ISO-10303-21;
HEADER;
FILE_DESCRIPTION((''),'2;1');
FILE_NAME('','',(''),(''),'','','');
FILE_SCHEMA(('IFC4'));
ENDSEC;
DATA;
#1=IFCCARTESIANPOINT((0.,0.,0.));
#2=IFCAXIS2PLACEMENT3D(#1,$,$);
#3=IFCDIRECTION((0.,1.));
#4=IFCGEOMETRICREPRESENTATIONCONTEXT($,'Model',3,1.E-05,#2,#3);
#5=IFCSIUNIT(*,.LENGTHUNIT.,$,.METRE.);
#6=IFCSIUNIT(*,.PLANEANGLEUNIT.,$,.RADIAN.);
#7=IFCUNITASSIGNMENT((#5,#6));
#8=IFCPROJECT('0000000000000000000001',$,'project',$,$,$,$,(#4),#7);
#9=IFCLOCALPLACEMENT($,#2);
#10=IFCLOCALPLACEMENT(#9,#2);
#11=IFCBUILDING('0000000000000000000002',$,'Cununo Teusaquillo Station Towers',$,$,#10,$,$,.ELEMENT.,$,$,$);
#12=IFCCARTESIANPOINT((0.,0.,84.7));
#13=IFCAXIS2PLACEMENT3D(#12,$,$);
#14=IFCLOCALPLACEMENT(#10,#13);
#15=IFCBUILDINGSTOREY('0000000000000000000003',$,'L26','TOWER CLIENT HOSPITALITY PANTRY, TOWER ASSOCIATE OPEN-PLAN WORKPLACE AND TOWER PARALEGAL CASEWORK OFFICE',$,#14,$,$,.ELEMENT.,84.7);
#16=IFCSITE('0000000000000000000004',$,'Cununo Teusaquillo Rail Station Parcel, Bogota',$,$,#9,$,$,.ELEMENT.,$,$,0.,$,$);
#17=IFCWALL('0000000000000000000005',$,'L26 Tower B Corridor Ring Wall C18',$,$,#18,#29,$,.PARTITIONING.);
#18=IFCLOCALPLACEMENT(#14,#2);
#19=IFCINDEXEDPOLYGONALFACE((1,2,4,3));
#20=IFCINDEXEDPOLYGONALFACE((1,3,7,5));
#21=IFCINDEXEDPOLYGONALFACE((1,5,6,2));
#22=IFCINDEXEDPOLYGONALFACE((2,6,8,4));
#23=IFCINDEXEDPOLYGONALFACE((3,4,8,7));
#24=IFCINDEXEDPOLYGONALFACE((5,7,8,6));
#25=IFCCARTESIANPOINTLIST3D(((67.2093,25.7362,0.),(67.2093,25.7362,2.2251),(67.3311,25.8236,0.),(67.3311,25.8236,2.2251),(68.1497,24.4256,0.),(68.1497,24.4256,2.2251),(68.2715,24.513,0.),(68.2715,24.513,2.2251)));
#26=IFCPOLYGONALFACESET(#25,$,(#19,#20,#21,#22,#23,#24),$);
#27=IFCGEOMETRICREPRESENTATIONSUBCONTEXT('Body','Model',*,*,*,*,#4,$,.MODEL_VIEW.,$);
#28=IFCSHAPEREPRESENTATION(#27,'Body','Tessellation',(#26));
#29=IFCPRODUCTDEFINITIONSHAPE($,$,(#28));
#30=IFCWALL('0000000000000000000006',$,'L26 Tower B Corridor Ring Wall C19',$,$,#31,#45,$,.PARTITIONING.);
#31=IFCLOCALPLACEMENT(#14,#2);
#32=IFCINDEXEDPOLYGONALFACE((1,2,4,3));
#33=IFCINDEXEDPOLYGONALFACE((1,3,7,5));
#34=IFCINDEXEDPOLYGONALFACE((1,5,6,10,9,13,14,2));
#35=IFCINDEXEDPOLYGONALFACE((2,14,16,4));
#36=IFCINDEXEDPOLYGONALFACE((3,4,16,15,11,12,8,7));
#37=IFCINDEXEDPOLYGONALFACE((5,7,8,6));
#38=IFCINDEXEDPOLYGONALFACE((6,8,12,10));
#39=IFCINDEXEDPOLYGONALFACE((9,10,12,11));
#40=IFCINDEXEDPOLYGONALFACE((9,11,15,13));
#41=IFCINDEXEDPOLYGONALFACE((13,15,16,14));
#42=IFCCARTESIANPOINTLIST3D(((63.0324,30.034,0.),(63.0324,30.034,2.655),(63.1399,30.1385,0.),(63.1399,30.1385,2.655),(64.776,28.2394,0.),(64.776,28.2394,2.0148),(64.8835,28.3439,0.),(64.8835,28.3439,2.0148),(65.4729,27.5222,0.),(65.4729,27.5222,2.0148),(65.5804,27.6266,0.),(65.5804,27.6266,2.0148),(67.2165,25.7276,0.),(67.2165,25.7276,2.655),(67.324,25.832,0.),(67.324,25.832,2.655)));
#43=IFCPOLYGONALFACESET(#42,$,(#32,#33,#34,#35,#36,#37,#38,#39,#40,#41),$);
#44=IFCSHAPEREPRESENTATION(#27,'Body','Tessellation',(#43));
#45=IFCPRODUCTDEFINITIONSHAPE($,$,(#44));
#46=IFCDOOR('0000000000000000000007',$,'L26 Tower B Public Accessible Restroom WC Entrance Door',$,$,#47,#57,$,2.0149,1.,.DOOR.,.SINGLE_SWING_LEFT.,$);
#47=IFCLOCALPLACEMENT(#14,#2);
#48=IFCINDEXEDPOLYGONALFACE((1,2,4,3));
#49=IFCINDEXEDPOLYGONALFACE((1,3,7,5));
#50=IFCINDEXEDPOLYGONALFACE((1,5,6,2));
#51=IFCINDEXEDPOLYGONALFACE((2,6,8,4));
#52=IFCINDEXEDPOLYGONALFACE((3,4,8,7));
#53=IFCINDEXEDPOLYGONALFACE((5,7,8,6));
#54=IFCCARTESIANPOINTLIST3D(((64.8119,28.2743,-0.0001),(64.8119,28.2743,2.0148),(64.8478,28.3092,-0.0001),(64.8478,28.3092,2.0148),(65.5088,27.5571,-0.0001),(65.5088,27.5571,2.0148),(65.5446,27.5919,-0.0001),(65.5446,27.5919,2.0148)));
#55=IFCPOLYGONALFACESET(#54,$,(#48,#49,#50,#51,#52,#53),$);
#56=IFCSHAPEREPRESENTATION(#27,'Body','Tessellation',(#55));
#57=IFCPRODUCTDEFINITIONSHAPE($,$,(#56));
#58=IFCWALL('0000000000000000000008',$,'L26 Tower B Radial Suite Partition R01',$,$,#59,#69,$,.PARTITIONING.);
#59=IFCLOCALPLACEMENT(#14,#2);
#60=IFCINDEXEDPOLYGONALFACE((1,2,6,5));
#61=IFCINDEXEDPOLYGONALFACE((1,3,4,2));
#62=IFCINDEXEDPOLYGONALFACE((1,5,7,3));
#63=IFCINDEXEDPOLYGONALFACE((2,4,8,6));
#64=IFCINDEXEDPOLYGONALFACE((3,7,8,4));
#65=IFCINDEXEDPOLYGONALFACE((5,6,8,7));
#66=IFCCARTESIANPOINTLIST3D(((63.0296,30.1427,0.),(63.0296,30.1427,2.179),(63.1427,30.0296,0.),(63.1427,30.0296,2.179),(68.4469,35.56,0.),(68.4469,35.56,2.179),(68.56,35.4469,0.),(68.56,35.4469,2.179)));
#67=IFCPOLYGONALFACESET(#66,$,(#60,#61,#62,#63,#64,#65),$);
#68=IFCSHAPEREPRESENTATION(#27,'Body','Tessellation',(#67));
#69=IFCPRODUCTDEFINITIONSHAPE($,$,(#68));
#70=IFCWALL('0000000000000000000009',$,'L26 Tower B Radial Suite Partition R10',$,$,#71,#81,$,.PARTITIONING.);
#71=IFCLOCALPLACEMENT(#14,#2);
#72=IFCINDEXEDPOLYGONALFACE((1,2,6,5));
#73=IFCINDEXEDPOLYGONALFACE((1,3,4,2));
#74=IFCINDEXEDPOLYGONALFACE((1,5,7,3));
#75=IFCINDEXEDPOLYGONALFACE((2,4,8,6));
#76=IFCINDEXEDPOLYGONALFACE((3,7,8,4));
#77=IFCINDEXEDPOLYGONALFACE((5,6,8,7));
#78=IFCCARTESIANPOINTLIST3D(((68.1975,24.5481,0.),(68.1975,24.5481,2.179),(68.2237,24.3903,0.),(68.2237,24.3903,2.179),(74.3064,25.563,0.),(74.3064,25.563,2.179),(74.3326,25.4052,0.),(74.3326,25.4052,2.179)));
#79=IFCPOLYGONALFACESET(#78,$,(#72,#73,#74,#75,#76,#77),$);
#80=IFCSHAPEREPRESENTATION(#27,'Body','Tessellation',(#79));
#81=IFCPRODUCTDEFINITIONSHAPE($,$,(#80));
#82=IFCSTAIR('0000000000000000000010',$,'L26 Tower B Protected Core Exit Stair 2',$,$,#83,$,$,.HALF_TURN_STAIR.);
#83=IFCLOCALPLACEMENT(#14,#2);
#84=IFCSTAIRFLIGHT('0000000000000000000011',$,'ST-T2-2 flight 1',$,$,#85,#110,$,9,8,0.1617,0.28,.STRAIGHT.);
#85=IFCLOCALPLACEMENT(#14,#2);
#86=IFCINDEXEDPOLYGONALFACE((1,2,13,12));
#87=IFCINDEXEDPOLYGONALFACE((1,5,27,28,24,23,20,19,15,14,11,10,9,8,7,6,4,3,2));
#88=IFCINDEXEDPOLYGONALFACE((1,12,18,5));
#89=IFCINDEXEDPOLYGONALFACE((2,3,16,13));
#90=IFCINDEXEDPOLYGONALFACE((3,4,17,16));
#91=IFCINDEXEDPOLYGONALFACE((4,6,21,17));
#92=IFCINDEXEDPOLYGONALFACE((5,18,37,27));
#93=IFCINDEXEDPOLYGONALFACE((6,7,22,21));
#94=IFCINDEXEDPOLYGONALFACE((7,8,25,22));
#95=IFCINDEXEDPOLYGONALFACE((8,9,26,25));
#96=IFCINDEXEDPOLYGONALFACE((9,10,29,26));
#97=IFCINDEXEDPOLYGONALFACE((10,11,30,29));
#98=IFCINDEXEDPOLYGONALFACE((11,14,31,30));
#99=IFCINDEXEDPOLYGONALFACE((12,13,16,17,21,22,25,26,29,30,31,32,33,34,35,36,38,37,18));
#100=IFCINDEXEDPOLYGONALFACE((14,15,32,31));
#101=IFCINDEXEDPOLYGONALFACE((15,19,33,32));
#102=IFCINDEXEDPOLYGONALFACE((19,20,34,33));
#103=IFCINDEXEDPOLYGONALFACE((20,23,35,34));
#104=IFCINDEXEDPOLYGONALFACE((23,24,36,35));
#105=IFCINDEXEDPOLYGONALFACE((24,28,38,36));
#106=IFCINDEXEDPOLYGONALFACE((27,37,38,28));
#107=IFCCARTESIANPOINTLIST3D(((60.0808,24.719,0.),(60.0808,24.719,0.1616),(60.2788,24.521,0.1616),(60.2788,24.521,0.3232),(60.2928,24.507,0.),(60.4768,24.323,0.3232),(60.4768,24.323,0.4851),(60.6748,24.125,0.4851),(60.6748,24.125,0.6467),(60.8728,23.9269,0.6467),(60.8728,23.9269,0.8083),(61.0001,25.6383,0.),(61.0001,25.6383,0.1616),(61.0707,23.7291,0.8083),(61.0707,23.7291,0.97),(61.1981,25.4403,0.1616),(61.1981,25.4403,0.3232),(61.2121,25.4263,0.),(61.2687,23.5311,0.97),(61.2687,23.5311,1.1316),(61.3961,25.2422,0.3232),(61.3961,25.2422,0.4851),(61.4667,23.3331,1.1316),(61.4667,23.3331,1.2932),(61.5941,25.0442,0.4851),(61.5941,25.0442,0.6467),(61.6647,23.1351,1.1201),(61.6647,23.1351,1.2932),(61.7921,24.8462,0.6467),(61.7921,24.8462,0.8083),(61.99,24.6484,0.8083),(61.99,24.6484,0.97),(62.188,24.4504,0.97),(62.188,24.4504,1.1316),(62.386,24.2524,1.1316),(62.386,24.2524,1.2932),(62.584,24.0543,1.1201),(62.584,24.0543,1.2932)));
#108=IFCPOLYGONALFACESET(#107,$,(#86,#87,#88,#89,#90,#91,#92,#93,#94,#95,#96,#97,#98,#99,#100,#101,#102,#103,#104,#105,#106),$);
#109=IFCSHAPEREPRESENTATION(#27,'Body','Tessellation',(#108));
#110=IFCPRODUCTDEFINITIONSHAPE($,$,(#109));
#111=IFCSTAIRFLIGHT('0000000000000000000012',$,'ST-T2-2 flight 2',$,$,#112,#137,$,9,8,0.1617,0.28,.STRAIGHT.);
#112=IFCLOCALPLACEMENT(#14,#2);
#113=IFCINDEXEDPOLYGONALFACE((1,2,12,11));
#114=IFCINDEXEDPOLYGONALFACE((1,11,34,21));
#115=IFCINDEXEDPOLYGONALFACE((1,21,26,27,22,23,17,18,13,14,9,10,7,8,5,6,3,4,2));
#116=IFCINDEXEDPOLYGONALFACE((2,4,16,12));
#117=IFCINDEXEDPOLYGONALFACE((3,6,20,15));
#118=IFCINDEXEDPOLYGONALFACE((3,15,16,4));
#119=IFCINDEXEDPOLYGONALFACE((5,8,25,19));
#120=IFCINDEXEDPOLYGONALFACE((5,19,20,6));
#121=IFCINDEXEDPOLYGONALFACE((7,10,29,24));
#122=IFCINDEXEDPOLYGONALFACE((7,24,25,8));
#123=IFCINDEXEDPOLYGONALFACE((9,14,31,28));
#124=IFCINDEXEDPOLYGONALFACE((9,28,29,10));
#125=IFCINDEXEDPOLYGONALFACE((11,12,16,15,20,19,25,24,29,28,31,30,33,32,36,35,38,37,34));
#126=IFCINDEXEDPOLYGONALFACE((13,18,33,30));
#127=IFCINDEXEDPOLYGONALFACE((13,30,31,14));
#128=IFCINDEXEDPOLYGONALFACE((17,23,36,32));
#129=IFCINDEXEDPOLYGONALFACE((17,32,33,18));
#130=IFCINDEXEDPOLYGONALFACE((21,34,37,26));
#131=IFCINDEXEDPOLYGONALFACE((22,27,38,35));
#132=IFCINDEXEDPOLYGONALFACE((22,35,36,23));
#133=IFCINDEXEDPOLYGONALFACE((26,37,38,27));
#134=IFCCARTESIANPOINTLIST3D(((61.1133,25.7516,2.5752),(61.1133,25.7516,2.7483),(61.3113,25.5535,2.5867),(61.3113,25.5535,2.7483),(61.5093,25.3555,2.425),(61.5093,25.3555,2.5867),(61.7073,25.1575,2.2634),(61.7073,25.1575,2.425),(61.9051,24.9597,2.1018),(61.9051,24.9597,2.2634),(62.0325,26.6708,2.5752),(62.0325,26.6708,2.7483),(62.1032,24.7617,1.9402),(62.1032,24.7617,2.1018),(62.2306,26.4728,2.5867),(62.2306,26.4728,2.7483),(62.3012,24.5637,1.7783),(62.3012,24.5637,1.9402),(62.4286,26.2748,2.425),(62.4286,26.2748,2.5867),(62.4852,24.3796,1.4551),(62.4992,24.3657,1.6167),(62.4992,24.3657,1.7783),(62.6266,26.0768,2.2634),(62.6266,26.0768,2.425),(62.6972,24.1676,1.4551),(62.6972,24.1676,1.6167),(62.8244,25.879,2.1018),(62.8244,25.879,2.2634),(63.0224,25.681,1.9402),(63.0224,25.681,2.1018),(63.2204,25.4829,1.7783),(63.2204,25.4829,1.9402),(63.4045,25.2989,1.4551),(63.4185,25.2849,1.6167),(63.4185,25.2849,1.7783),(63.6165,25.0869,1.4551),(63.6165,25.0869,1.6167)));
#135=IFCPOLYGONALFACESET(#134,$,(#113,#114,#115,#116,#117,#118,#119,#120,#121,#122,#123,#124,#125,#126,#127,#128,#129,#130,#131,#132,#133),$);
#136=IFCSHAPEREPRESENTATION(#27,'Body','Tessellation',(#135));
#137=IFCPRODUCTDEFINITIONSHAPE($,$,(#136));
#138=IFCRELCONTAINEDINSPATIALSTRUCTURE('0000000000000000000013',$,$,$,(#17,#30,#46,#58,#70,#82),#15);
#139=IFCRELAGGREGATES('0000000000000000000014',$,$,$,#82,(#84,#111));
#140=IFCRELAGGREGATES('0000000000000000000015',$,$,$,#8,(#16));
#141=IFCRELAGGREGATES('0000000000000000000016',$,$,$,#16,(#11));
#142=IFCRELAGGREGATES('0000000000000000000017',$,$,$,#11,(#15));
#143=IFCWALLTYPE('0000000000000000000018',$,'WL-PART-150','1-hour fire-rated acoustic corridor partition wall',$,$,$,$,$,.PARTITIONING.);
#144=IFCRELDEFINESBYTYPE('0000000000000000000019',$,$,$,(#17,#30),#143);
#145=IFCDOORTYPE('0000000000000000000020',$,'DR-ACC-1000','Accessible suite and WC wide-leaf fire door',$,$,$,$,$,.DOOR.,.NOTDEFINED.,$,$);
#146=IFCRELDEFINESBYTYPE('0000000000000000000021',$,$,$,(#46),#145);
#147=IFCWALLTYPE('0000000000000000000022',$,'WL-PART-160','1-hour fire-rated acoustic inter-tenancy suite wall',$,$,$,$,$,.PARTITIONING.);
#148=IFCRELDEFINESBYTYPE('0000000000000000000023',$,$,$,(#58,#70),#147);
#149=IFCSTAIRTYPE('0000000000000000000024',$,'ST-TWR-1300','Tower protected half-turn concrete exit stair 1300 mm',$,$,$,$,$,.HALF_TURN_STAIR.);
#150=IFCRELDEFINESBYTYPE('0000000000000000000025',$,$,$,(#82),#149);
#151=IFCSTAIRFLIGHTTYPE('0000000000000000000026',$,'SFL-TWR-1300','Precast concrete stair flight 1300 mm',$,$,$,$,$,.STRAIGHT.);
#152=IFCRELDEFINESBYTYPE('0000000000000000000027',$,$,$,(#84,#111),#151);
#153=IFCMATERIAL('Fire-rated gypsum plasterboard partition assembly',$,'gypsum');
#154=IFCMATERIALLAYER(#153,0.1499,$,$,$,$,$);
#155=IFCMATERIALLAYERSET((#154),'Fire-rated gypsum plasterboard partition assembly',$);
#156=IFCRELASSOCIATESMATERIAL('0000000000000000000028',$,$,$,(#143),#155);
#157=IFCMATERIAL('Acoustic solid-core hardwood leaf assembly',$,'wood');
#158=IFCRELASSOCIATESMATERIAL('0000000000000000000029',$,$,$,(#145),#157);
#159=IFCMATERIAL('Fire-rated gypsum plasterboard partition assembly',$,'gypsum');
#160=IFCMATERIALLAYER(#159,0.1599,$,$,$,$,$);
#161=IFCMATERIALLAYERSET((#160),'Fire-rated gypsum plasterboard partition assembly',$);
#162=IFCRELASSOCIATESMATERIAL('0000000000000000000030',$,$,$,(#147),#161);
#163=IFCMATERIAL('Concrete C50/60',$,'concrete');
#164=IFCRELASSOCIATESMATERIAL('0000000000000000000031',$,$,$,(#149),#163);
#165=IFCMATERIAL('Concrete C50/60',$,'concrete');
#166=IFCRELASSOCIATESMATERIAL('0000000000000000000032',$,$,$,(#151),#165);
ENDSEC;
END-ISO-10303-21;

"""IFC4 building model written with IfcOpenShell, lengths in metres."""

from ifc_helpers import new_model, si_unit, direction, frame, frame_2d, origin, place, context, subcontext, project, spatial, polyline, rectangle, outline, extrude, source, transform, mapped, material, layer, layer_set, type_object, element, fill, aggregate, save


model = new_model("IFC4")

# Units and contexts
model_context = context("Model", 3, precision=1e-05, world=origin(), true_north=direction((0.0, 1.0)))
body_context = subcontext(model_context, "Body", "Model", "MODEL_VIEW")
ifc_project = project(units=[si_unit("LENGTHUNIT", "METRE"), si_unit("PLANEANGLEUNIT", "RADIAN")], contexts=[model_context])

# Site, building, storey
site_placement = place(None, origin())
site = spatial("IfcSite", under=ifc_project, at=site_placement, Name="Cununo Teusaquillo Rail Station Parcel, Bogota", CompositionType="ELEMENT", RefElevation=0.0)
building_placement = place(site_placement, origin())
building = spatial("IfcBuilding", under=site, at=building_placement, Name="Cununo Teusaquillo Station Towers", CompositionType="ELEMENT")
storey_placement = place(building_placement, frame((0.0, 0.0, 84.7)))
storey = spatial("IfcBuildingStorey", under=building, at=storey_placement, Name="L26", Description="TOWER CLIENT HOSPITALITY PANTRY, TOWER ASSOCIATE OPEN-PLAN WORKPLACE AND TOWER PARALEGAL CASEWORK OFFICE", CompositionType="ELEMENT", Elevation=84.7)

# Wall
ifc_material_1 = material(Name="Fire-rated gypsum plasterboard partition assembly", Category="gypsum")
ifc_layer_1 = layer(ifc_material_1, 0.1499)
ifc_layer_set_1 = layer_set([ifc_layer_1], Name="Fire-rated gypsum plasterboard partition assembly")
wall_type_1 = type_object("IfcWallType", Name="WL-PART-150", Description="1-hour fire-rated acoustic corridor partition wall", PredefinedType="PARTITIONING", material=ifc_layer_set_1)
wall_1_placement = place(storey_placement, frame((68.2107, 24.4692, 0.0), z_axis=(0.0, 0.0, 1.0), x_axis=(-0.583012, 0.812463, 0.0)))
element("IfcWall", 1, at=wall_1_placement, inside=storey, type_object=wall_type_1, Name="L26 Tower B Corridor Ring Wall C18", PredefinedType="PARTITIONING", context=body_context, shape_type="SweptSolid", body=[
    extrude(rectangle(XDim=1.613, YDim=0.1499, at=frame_2d((0.8066, 0.0))), origin(), (0.0, 0.0, 1.0), 2.2251),
])

# Wall, opening, door
wall_2_placement = place(storey_placement, frame((67.2703, 25.7798, 0.0), z_axis=(0.0, 0.0, 1.0), x_axis=(-0.696848, 0.717219, 0.0)))
wall_2 = element("IfcWall", 2, at=wall_2_placement, inside=storey, type_object=wall_type_1, Name="L26 Tower B Corridor Ring Wall C19", PredefinedType="PARTITIONING", context=body_context, shape_type="SweptSolid", body=[
    extrude(rectangle(XDim=6.0044, YDim=0.1499, at=frame_2d((3.0022, 0.0))), origin(), (0.0, 0.0, 1.0), 2.655),
])
shared_shape_1 = source(origin(), body_context, "Body", "SweptSolid", [
    extrude(rectangle(XDim=1.0, YDim=2.0149, at=frame_2d((0.5, 1.0073))), frame((0.0, 0.085, 0.0), z_axis=(0.0, -1.0, 0.0), x_axis=(1.0, 0.0, 0.0)), (0.0, 0.0, 1.0), 0.1699),
])
opening_1_placement = place(wall_2_placement, frame((2.5022, 0.0, 0.0)))
opening_1 = element("IfcOpeningElement", 3, at=opening_1_placement, cuts=wall_2, PredefinedType="OPENING", context=body_context, shape_type="MappedRepresentation", body=[
    mapped(shared_shape_1, transform((0.0, 0.0, 0.0), x_axis=(1.0, 0.0, 0.0), y_axis=(0.0, 1.0, 0.0), z_axis=(0.0, 0.0, 1.0), scale=1.0)),
])
ifc_material_2 = material(Name="Acoustic solid-core hardwood leaf assembly", Category="wood")
door_type_1 = type_object("IfcDoorType", Name="DR-ACC-1000", Description="Accessible suite and WC wide-leaf fire door", OperationType="NOTDEFINED", PredefinedType="DOOR", material=ifc_material_2)
shared_shape_2 = source(origin(), body_context, "Body", "SweptSolid", [
    extrude(rectangle(XDim=1.0, YDim=2.0149, at=frame_2d((0.5, 1.0073))), frame((0.0, 0.0249, 0.0), z_axis=(0.0, -1.0, 0.0), x_axis=(1.0, 0.0, 0.0)), (0.0, 0.0, 1.0), 0.05),
])
door_1_placement = place(opening_1_placement, origin())
door_1 = element("IfcDoor", 4, at=door_1_placement, inside=storey, type_object=door_type_1, Name="L26 Tower B Public Accessible Restroom WC Entrance Door", OperationType="SINGLE_SWING_LEFT", OverallHeight=2.0149, OverallWidth=1.0, PredefinedType="DOOR", context=body_context, shape_type="MappedRepresentation", body=[
    mapped(shared_shape_2, transform((0.0, 0.0, 0.0), x_axis=(1.0, 0.0, 0.0), y_axis=(0.0, 1.0, 0.0), z_axis=(0.0, 0.0, 1.0), scale=1.0)),
])
fill(opening_1, door_1)

# Walls
ifc_material_3 = material(Name="Fire-rated gypsum plasterboard partition assembly", Category="gypsum")
ifc_layer_2 = layer(ifc_material_3, 0.1599)
ifc_layer_set_2 = layer_set([ifc_layer_2], Name="Fire-rated gypsum plasterboard partition assembly")
wall_type_2 = type_object("IfcWallType", Name="WL-PART-160", Description="1-hour fire-rated acoustic inter-tenancy suite wall", PredefinedType="PARTITIONING", material=ifc_layer_set_2)
wall_3_placement = place(storey_placement, frame((63.0862, 30.0862, 0.0), z_axis=(0.0, 0.0, 1.0), x_axis=(0.707107, 0.707107, 0.0)))
element("IfcWall", 5, at=wall_3_placement, inside=storey, type_object=wall_type_2, Name="L26 Tower B Radial Suite Partition R01", PredefinedType="PARTITIONING", context=body_context, shape_type="SweptSolid", body=[
    extrude(rectangle(XDim=7.6611, YDim=0.1599, at=frame_2d((3.8306, 0.0))), origin(), (0.0, 0.0, 1.0), 2.179),
])
wall_4_placement = place(storey_placement, frame((68.2107, 24.4692, 0.0), z_axis=(0.0, 0.0, 1.0), x_axis=(0.986479, 0.163888, 0.0)))
element("IfcWall", 6, at=wall_4_placement, inside=storey, type_object=wall_type_2, Name="L26 Tower B Radial Suite Partition R10", PredefinedType="PARTITIONING", context=body_context, shape_type="SweptSolid", body=[
    extrude(rectangle(XDim=6.1926, YDim=0.1599, at=frame_2d((3.0962, 0.0))), origin(), (0.0, 0.0, 1.0), 2.179),
])

# Stair, stair flights
ifc_material_4 = material(Name="Concrete C50/60", Category="concrete")
stair_type = type_object("IfcStairType", Name="ST-TWR-1300", Description="Tower protected half-turn concrete exit stair 1300 mm", PredefinedType="HALF_TURN_STAIR", material=ifc_material_4)
stair_placement = place(storey_placement, origin())
stair = element("IfcStair", 7, at=stair_placement, inside=storey, type_object=stair_type, Name="L26 Tower B Protected Core Exit Stair 2", PredefinedType="HALF_TURN_STAIR")
ifc_material_5 = material(Name="Concrete C50/60", Category="concrete")
stair_flight_type = type_object("IfcStairFlightType", Name="SFL-TWR-1300", Description="Precast concrete stair flight 1300 mm", PredefinedType="STRAIGHT", material=ifc_material_5)
stair_flight_1_placement = place(storey_placement, frame((60.5405, 25.1787, 0.0), z_axis=(0.0, 0.0, 1.0), x_axis=(0.707107, -0.707107, 0.0)))
stair_flight_1 = element("IfcStairFlight", 8, at=stair_flight_1_placement, type_object=stair_flight_type, Name="ST-T2-2 flight 1", NumberOfRisers=9, NumberOfTreads=8, PredefinedType="STRAIGHT", RiserHeight=0.1617, TreadLength=0.28, context=body_context, shape_type="SweptSolid", body=[
    extrude(outline(polyline([(0.0, 0.0), (0.0, 0.1616), (0.28, 0.1616), (0.28, 0.3232), (0.5601, 0.3232), (0.5601, 0.4851), (0.8401, 0.4851), (0.8401, 0.6467), (1.1201, 0.6467), (1.1201, 0.8083), (1.3999, 0.8083), (1.3999, 0.97), (1.6799, 0.97), (1.6799, 1.1316), (1.96, 1.1316), (1.96, 1.2932), (2.24, 1.2932), (2.24, 1.4551), (2.24, 1.1201), (0.2998, 0.0), (0.0, 0.0)])), frame((0.0, 0.6499, 0.0), z_axis=(0.0, -1.0, 0.0), x_axis=(1.0, 0.0, 0.0)), (0.0, 0.0, 1.0), 1.3),
])
stair_flight_2_placement = place(storey_placement, frame((63.1567, 24.6272, 1.4551), z_axis=(0.0, 0.0, 1.0), x_axis=(-0.707107, 0.707107, 0.0)))
stair_flight_2 = element("IfcStairFlight", 9, at=stair_flight_2_placement, type_object=stair_flight_type, Name="ST-T2-2 flight 2", NumberOfRisers=9, NumberOfTreads=8, PredefinedType="STRAIGHT", RiserHeight=0.1617, TreadLength=0.28, context=body_context, shape_type="SweptSolid", body=[
    extrude(outline(polyline([(0.0, 0.0), (0.0, 0.1616), (0.28, 0.1616), (0.28, 0.3232), (0.5601, 0.3232), (0.5601, 0.4851), (0.8401, 0.4851), (0.8401, 0.6467), (1.1201, 0.6467), (1.1201, 0.8083), (1.3999, 0.8083), (1.3999, 0.97), (1.6799, 0.97), (1.6799, 1.1316), (1.96, 1.1316), (1.96, 1.2932), (2.24, 1.2932), (2.24, 1.4551), (2.24, 1.1201), (0.2998, 0.0), (0.0, 0.0)])), frame((0.0, 0.6499, 0.0), z_axis=(0.0, -1.0, 0.0), x_axis=(1.0, 0.0, 0.0)), (0.0, 0.0, 1.0), 1.3),
])
aggregate(stair, [stair_flight_1, stair_flight_2])

save(model, "model.ifc")
